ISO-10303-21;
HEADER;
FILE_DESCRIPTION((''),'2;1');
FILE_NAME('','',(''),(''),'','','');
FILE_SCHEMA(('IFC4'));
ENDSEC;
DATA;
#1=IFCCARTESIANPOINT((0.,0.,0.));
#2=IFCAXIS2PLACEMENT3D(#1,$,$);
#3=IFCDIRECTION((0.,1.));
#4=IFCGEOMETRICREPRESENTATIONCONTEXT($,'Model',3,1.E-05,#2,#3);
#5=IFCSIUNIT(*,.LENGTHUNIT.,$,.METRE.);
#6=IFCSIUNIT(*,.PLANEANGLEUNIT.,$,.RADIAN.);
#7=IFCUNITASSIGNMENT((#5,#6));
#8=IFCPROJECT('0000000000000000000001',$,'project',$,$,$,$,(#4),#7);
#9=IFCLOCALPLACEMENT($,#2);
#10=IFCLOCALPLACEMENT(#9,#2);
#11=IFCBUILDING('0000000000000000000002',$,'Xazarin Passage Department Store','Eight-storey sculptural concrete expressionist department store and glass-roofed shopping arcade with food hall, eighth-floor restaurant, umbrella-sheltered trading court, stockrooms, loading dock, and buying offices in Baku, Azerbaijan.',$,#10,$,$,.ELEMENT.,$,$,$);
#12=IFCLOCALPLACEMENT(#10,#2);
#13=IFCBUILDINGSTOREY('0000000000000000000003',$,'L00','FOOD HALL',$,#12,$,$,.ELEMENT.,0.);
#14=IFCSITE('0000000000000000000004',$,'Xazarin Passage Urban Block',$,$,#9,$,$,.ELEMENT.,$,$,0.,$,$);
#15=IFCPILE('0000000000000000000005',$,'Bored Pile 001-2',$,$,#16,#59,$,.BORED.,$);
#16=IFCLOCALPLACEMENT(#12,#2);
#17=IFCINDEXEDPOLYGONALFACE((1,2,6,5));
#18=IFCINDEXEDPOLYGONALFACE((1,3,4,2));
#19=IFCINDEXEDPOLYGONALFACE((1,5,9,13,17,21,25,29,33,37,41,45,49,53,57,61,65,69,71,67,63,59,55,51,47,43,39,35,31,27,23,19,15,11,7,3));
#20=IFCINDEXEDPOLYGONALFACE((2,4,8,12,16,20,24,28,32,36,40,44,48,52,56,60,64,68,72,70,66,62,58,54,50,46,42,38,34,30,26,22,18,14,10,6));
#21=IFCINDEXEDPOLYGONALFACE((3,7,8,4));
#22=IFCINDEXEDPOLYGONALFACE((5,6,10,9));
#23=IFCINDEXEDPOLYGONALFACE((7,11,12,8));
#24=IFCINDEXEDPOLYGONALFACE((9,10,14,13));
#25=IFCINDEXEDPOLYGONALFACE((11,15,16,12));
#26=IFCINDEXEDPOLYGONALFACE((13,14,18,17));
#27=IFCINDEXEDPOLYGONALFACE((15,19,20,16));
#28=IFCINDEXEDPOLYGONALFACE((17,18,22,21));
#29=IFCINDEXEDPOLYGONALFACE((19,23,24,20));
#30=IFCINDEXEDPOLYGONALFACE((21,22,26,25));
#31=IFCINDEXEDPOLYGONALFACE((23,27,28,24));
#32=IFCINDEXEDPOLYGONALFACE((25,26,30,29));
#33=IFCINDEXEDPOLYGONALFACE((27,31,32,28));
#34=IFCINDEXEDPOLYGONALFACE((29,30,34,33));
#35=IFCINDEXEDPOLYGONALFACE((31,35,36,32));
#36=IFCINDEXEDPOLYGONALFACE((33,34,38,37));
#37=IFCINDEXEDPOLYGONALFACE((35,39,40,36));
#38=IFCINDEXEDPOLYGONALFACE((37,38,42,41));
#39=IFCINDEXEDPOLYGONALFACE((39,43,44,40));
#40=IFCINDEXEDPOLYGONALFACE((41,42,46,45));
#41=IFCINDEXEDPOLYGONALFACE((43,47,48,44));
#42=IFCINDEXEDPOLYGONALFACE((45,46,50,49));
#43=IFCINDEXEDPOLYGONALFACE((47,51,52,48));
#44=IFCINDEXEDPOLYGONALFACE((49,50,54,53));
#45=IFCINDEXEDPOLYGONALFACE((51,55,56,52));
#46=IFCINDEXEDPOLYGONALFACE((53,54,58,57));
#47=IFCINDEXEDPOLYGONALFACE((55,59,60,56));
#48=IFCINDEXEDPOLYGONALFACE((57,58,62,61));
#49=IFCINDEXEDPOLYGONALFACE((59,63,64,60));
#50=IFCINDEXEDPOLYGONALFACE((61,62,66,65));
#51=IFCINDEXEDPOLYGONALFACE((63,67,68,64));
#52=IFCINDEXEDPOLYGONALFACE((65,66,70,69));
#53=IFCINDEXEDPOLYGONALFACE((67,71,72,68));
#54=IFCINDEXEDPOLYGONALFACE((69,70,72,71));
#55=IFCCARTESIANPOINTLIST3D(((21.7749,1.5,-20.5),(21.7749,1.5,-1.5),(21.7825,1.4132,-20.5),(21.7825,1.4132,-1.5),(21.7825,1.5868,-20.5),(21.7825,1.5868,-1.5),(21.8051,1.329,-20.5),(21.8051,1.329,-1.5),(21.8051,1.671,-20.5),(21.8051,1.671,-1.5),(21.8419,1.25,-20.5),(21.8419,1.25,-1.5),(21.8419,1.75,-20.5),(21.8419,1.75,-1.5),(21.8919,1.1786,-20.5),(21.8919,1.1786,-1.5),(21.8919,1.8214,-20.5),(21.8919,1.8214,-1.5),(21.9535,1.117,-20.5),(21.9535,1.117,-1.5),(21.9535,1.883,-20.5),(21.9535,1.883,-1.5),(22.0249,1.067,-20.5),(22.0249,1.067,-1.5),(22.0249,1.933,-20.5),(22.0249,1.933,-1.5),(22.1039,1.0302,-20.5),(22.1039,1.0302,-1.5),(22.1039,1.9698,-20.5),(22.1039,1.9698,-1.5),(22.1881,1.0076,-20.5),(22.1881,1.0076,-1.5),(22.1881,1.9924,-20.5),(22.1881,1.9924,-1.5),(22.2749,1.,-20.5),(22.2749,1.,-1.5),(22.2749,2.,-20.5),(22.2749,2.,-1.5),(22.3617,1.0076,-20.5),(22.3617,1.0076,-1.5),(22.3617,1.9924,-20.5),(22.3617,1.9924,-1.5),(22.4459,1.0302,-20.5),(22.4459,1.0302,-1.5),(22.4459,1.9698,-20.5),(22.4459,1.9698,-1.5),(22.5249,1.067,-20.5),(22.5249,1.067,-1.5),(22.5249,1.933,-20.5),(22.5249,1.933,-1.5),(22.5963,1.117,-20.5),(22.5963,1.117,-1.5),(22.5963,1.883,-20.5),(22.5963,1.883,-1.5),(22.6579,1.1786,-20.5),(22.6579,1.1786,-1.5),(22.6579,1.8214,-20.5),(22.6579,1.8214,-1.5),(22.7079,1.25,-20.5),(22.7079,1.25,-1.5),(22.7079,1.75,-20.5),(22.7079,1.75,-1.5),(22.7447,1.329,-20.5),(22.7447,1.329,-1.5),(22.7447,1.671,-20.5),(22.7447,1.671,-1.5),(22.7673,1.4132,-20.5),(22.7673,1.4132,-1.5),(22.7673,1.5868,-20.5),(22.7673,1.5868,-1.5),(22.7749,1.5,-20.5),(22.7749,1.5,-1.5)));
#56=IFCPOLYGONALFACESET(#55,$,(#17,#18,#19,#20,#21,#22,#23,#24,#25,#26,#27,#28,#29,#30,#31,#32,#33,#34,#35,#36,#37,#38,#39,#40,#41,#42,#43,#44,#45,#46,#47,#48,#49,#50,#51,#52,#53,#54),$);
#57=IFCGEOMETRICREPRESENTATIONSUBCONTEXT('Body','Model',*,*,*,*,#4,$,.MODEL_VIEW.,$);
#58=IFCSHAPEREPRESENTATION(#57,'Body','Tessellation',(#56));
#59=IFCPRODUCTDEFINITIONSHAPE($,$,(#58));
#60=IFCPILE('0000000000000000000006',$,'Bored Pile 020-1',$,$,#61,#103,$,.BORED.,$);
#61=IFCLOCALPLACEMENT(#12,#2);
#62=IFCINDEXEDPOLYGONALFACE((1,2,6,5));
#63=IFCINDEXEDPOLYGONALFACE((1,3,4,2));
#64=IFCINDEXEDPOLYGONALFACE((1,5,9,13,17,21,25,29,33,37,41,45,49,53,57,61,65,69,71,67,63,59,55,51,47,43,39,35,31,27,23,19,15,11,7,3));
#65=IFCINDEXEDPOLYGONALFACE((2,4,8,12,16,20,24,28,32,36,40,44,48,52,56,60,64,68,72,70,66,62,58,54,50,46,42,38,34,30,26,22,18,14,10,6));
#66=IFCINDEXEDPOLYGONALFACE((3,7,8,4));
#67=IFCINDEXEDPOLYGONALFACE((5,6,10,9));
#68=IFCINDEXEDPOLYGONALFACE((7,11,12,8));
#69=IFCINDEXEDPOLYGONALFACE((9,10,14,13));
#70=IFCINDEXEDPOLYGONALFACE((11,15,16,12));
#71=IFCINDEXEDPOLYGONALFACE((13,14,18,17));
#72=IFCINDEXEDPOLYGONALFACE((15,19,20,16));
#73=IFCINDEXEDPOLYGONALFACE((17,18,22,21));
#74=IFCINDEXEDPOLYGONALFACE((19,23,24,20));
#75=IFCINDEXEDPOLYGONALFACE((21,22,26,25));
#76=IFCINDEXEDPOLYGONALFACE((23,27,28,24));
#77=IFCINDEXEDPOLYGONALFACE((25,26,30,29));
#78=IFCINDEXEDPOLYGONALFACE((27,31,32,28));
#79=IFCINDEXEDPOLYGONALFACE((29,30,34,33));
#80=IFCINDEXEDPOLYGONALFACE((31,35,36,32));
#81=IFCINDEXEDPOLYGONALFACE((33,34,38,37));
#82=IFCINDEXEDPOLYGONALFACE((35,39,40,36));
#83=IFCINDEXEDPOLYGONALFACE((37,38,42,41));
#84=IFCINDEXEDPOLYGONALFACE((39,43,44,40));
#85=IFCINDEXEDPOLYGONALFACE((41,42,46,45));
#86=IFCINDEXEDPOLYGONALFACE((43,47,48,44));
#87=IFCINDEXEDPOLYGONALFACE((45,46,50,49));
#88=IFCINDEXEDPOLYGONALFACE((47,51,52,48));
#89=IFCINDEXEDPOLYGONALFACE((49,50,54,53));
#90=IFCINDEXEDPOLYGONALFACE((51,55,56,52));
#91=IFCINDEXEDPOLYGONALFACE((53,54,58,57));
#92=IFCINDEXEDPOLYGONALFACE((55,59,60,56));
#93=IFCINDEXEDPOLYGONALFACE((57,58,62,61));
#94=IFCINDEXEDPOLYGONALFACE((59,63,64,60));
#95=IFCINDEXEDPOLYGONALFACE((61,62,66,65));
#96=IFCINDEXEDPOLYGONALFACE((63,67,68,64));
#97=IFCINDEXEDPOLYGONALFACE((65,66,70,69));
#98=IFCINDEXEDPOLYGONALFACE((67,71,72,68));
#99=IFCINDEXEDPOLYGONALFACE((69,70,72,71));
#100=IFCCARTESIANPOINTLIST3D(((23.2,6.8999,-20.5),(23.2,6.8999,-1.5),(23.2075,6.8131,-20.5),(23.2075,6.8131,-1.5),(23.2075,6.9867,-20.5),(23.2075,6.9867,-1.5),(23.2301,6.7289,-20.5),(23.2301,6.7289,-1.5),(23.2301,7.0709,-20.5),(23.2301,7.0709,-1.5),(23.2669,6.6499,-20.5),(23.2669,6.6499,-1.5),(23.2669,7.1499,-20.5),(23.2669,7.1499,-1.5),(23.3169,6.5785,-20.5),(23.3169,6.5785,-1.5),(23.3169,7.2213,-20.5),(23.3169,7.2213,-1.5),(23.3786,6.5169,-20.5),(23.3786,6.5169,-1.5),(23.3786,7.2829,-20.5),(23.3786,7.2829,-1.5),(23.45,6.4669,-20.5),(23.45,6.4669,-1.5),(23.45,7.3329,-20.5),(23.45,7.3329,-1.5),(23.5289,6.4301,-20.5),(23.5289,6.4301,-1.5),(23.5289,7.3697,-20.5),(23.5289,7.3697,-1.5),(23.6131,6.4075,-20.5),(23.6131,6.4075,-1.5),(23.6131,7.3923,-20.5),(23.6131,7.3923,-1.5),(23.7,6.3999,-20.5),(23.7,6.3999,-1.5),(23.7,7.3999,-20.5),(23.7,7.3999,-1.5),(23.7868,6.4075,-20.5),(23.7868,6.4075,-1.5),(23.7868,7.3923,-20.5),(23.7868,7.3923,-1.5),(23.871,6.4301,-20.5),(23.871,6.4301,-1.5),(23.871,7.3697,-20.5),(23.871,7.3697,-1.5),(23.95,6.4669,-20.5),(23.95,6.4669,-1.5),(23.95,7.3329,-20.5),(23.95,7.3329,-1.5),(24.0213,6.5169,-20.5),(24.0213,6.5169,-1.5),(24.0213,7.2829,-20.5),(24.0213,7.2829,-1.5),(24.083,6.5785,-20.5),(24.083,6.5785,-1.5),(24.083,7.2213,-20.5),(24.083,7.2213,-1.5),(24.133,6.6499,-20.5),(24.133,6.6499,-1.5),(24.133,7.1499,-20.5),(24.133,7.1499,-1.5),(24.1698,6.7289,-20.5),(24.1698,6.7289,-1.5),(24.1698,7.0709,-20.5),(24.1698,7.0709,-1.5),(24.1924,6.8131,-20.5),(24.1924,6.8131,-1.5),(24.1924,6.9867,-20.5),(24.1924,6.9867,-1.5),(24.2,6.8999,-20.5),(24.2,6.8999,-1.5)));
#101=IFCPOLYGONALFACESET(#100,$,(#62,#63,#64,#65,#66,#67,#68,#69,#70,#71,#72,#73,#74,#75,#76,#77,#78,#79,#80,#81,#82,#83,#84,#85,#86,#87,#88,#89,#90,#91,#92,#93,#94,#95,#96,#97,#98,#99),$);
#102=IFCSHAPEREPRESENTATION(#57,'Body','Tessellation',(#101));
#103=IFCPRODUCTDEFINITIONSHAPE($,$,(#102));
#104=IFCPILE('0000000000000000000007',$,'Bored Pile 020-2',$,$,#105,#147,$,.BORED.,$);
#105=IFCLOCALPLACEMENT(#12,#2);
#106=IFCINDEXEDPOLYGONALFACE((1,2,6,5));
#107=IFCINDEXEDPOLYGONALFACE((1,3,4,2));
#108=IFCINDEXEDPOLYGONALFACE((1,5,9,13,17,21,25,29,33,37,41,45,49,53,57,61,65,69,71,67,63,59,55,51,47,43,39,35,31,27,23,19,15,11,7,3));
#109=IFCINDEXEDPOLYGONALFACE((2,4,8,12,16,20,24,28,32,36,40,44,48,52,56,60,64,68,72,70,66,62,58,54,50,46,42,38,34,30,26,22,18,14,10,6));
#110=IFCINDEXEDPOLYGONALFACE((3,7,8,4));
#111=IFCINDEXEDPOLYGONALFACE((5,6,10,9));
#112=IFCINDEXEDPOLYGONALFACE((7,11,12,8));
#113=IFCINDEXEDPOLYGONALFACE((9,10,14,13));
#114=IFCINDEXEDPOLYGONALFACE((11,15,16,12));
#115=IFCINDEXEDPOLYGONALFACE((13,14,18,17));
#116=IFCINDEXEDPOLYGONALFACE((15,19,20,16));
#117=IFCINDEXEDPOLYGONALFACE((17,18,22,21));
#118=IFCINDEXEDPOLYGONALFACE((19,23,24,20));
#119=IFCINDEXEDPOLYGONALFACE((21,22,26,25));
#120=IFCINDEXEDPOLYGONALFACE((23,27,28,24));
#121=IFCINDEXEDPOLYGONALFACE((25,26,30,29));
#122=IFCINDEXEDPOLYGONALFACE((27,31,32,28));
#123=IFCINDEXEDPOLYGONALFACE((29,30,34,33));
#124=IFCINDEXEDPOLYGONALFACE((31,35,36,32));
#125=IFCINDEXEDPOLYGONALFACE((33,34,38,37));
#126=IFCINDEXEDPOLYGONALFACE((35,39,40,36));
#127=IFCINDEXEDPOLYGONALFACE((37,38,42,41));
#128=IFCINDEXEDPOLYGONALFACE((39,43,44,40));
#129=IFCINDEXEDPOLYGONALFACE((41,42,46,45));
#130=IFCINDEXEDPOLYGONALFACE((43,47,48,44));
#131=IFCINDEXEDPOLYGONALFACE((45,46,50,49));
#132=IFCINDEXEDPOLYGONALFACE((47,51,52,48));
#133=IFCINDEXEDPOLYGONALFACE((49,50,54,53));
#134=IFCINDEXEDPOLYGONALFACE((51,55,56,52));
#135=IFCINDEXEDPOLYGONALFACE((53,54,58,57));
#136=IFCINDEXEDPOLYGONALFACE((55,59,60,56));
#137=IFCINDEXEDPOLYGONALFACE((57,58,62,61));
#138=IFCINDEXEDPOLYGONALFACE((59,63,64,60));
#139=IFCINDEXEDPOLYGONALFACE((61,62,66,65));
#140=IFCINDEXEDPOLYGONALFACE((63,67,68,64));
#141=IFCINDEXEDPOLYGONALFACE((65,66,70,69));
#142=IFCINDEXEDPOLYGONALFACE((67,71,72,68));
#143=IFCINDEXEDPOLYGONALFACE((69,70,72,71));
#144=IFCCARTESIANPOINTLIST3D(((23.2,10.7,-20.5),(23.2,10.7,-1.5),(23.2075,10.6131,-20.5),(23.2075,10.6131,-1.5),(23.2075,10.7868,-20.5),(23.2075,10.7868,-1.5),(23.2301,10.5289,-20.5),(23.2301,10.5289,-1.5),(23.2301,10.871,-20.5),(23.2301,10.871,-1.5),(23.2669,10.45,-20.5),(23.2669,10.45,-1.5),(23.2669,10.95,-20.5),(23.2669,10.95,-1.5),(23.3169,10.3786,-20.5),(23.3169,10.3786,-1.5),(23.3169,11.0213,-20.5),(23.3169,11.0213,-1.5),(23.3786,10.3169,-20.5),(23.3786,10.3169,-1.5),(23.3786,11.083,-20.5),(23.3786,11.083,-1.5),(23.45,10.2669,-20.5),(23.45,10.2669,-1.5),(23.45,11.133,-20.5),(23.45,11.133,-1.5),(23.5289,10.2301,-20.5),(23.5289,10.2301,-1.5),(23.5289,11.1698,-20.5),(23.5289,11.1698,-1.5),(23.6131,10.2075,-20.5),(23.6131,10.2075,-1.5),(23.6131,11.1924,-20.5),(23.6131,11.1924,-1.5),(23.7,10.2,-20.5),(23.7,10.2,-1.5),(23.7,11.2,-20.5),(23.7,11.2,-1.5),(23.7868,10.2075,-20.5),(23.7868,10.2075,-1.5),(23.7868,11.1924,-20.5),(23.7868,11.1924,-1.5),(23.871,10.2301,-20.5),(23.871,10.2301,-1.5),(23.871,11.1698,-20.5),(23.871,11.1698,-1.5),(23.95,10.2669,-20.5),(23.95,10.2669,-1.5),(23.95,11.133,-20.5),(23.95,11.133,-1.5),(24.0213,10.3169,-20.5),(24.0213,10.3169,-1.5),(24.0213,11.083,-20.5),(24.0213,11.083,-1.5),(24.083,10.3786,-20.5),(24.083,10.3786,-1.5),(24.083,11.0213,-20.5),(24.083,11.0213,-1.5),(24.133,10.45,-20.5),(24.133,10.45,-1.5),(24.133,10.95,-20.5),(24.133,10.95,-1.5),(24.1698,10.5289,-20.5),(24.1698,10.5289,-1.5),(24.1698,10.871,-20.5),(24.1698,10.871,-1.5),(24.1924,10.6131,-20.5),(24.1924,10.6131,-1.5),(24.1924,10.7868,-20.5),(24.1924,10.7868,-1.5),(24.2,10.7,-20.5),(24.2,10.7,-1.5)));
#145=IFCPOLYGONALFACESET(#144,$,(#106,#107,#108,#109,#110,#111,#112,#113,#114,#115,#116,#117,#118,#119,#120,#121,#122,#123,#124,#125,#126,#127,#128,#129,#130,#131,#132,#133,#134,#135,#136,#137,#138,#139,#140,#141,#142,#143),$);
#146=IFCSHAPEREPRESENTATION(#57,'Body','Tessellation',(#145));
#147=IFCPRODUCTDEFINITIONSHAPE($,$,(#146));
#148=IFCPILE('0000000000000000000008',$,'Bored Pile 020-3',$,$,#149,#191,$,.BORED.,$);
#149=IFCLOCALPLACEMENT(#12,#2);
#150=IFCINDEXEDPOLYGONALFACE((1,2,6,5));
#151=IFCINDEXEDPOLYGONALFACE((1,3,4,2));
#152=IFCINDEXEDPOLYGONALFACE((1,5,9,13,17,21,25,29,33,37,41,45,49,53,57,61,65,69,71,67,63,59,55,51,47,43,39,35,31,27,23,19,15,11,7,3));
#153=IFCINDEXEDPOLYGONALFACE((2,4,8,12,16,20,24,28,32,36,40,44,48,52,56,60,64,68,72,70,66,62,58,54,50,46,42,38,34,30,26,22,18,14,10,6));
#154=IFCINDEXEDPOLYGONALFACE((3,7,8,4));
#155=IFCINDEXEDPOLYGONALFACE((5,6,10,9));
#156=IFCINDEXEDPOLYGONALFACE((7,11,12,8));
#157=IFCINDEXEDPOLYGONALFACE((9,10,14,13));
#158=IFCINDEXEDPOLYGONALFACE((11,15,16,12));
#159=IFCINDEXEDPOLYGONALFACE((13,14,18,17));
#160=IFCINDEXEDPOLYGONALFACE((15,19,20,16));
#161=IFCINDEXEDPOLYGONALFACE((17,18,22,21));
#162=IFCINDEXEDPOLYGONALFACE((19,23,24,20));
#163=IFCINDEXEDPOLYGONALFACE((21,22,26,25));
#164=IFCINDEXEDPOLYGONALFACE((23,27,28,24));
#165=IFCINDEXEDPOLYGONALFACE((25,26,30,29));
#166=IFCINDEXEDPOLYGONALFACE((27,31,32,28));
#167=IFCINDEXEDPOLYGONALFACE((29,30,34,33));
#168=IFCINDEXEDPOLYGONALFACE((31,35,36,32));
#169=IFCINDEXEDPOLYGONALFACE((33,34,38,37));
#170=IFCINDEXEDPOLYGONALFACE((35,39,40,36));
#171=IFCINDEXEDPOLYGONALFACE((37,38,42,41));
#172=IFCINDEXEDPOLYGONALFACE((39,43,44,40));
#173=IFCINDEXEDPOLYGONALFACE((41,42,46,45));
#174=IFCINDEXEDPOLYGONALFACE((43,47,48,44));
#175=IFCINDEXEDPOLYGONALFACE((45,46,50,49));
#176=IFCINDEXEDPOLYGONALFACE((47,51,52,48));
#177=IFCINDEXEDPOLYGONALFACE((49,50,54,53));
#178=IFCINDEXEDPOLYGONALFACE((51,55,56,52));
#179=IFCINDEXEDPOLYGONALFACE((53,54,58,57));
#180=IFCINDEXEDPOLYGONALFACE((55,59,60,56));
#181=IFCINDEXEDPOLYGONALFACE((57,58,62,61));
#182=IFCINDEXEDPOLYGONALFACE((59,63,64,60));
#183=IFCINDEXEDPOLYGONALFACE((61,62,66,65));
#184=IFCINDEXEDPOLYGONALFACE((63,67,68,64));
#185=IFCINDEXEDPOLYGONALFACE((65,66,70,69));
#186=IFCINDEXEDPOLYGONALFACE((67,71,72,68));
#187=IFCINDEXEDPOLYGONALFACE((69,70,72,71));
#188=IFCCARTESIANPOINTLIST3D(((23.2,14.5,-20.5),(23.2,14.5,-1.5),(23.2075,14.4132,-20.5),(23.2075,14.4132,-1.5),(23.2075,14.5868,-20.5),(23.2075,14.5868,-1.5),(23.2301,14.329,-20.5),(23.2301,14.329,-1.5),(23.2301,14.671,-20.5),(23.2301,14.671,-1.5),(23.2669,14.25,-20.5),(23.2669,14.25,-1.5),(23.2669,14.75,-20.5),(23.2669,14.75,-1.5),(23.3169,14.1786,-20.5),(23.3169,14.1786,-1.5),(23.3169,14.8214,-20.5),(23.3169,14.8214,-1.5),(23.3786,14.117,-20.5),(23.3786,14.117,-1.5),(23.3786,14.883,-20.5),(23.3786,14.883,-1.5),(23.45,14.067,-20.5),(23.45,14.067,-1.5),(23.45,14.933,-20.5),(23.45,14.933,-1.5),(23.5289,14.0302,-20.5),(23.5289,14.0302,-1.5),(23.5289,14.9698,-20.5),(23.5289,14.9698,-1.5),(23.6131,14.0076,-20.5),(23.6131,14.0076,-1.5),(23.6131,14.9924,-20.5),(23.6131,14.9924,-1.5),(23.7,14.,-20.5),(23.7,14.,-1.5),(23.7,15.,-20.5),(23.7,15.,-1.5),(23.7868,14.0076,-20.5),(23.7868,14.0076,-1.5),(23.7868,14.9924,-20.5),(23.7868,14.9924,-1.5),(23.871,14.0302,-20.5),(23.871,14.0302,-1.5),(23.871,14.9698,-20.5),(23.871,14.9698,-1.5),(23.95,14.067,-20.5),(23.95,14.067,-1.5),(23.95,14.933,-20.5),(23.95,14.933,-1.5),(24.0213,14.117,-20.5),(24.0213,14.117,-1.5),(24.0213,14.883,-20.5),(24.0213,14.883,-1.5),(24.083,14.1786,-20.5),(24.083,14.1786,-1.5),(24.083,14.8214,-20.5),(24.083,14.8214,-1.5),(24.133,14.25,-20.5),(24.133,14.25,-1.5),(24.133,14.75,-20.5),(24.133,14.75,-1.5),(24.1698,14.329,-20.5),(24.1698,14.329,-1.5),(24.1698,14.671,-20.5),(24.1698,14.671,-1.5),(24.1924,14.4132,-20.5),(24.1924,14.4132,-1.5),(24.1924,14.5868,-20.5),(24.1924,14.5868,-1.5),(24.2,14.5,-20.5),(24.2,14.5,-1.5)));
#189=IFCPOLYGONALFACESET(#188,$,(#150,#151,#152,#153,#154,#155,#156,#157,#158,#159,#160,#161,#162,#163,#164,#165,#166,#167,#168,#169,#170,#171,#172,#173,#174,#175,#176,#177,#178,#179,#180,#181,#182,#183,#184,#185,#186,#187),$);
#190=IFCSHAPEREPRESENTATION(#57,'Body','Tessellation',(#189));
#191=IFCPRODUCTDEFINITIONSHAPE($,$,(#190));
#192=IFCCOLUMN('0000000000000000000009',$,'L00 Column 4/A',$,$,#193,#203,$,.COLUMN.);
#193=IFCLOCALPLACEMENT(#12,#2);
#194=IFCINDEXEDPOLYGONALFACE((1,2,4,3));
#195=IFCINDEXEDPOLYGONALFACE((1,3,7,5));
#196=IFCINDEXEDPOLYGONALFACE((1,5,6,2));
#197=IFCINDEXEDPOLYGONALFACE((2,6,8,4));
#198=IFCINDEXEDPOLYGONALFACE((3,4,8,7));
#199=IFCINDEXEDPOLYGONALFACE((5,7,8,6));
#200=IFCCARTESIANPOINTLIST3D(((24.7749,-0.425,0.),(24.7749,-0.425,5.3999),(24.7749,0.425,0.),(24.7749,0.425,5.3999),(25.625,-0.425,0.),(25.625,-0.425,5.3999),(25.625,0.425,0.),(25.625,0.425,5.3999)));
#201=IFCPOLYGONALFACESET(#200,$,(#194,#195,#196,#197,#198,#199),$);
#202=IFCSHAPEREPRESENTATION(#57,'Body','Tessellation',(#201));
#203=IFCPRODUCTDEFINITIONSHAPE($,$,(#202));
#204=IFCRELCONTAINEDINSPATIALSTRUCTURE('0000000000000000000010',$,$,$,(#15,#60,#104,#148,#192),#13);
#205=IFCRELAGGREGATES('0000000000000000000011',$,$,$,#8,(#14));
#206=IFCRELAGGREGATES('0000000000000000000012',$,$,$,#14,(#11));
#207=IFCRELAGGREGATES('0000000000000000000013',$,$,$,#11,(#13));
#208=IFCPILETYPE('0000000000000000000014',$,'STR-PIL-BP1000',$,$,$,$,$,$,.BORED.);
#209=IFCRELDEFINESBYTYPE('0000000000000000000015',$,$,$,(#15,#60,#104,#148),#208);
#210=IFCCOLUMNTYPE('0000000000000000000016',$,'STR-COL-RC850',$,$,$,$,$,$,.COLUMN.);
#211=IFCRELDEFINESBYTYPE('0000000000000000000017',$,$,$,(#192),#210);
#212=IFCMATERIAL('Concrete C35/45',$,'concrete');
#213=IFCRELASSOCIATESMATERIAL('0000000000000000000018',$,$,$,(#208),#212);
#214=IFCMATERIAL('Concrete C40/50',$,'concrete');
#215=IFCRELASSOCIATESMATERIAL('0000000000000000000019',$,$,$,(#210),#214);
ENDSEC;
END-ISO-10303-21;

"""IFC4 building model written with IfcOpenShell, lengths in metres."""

from ifc_helpers import new_model, si_unit, direction, frame, origin, origin_2d, place, context, subcontext, project, spatial, rectangle, circle, extrude, material, material_profile, profile_set, type_object, element, save


model = new_model("IFC4")

# Units and contexts
model_context = context("Model", 3, precision=1e-05, world=origin(), true_north=direction((0.0, 1.0)))
body_context = subcontext(model_context, "Body", "Model", "MODEL_VIEW")
ifc_project = project(units=[si_unit("LENGTHUNIT", "METRE"), si_unit("PLANEANGLEUNIT", "RADIAN")], contexts=[model_context])

# Site, building, storey
site_placement = place(None, origin())
site = spatial("IfcSite", under=ifc_project, at=site_placement, Name="Xazarin Passage Urban Block", CompositionType="ELEMENT", RefElevation=0.0)
building_placement = place(site_placement, origin())
building = spatial("IfcBuilding", under=site, at=building_placement, Name="Xazarin Passage Department Store", Description="Eight-storey sculptural concrete expressionist department store and glass-roofed shopping arcade with food hall, eighth-floor restaurant, umbrella-sheltered trading court, stockrooms, loading dock, and buying offices in Baku, Azerbaijan.", CompositionType="ELEMENT")
storey_placement = place(building_placement, origin())
storey = spatial("IfcBuildingStorey", under=building, at=storey_placement, Name="L00", Description="FOOD HALL", CompositionType="ELEMENT", Elevation=0.0)

# Piles
ifc_material_1 = material(Name="Concrete C35/45", Category="concrete")
ifc_material_profile_1 = material_profile(ifc_material_1, circle(Radius=0.5, at=origin_2d()), Name="BP 1000")
ifc_profile_set_1 = profile_set([ifc_material_profile_1], Name="Concrete C35/45")
pile_type = type_object("IfcPileType", Name="STR-PIL-BP1000", PredefinedType="BORED", material=ifc_profile_set_1)
for number, where, z_axis, x_axis, name in (
    (1, (22.2749, 1.5, -1.5), (0.0, 0.0, -1.0), (1.0, 0.0, 0.0), "Bored Pile 001-2"),
    (2, (23.7, 6.8999, -1.5), (0.0, 0.0, -1.0), (1.0, 0.0, 0.0), "Bored Pile 020-1"),
    (3, (23.7, 10.7, -1.5), (0.0, 0.0, -1.0), (1.0, 0.0, 0.0), "Bored Pile 020-2"),
    (4, (23.7, 14.5, -1.5), (0.0, 0.0, -1.0), (1.0, 0.0, 0.0), "Bored Pile 020-3"),
):
    element("IfcPile", number, at=place(storey_placement, frame(where, z_axis=z_axis, x_axis=x_axis)), inside=storey, type_object=pile_type, Name=name, PredefinedType="BORED", context=body_context, shape_type="SweptSolid", body=[
        extrude(circle(Radius=0.5, at=origin_2d()), origin(), (0.0, 0.0, 1.0), 19.0),
    ])

# Column
ifc_material_2 = material(Name="Concrete C40/50", Category="concrete")
ifc_material_profile_2 = material_profile(ifc_material_2, rectangle(XDim=0.8501, YDim=0.8501, at=origin_2d()), Name="RC 850x850")
ifc_profile_set_2 = profile_set([ifc_material_profile_2], Name="Concrete C40/50")
column_type = type_object("IfcColumnType", Name="STR-COL-RC850", PredefinedType="COLUMN", material=ifc_profile_set_2)
for number, where, z_axis, x_axis, name in (
    (5, (25.2, 0.0, 0.0), (0.0, 0.0, 1.0), (1.0, 0.0, 0.0), "L00 Column 4/A"),
):
    element("IfcColumn", number, at=place(storey_placement, frame(where, z_axis=z_axis, x_axis=x_axis)), inside=storey, type_object=column_type, Name=name, PredefinedType="COLUMN", context=body_context, shape_type="SweptSolid", body=[
        extrude(rectangle(XDim=0.8501, YDim=0.8501, at=origin_2d()), origin(), (0.0, 0.0, 1.0), 5.3999),
    ])

save(model, "model.ifc")
